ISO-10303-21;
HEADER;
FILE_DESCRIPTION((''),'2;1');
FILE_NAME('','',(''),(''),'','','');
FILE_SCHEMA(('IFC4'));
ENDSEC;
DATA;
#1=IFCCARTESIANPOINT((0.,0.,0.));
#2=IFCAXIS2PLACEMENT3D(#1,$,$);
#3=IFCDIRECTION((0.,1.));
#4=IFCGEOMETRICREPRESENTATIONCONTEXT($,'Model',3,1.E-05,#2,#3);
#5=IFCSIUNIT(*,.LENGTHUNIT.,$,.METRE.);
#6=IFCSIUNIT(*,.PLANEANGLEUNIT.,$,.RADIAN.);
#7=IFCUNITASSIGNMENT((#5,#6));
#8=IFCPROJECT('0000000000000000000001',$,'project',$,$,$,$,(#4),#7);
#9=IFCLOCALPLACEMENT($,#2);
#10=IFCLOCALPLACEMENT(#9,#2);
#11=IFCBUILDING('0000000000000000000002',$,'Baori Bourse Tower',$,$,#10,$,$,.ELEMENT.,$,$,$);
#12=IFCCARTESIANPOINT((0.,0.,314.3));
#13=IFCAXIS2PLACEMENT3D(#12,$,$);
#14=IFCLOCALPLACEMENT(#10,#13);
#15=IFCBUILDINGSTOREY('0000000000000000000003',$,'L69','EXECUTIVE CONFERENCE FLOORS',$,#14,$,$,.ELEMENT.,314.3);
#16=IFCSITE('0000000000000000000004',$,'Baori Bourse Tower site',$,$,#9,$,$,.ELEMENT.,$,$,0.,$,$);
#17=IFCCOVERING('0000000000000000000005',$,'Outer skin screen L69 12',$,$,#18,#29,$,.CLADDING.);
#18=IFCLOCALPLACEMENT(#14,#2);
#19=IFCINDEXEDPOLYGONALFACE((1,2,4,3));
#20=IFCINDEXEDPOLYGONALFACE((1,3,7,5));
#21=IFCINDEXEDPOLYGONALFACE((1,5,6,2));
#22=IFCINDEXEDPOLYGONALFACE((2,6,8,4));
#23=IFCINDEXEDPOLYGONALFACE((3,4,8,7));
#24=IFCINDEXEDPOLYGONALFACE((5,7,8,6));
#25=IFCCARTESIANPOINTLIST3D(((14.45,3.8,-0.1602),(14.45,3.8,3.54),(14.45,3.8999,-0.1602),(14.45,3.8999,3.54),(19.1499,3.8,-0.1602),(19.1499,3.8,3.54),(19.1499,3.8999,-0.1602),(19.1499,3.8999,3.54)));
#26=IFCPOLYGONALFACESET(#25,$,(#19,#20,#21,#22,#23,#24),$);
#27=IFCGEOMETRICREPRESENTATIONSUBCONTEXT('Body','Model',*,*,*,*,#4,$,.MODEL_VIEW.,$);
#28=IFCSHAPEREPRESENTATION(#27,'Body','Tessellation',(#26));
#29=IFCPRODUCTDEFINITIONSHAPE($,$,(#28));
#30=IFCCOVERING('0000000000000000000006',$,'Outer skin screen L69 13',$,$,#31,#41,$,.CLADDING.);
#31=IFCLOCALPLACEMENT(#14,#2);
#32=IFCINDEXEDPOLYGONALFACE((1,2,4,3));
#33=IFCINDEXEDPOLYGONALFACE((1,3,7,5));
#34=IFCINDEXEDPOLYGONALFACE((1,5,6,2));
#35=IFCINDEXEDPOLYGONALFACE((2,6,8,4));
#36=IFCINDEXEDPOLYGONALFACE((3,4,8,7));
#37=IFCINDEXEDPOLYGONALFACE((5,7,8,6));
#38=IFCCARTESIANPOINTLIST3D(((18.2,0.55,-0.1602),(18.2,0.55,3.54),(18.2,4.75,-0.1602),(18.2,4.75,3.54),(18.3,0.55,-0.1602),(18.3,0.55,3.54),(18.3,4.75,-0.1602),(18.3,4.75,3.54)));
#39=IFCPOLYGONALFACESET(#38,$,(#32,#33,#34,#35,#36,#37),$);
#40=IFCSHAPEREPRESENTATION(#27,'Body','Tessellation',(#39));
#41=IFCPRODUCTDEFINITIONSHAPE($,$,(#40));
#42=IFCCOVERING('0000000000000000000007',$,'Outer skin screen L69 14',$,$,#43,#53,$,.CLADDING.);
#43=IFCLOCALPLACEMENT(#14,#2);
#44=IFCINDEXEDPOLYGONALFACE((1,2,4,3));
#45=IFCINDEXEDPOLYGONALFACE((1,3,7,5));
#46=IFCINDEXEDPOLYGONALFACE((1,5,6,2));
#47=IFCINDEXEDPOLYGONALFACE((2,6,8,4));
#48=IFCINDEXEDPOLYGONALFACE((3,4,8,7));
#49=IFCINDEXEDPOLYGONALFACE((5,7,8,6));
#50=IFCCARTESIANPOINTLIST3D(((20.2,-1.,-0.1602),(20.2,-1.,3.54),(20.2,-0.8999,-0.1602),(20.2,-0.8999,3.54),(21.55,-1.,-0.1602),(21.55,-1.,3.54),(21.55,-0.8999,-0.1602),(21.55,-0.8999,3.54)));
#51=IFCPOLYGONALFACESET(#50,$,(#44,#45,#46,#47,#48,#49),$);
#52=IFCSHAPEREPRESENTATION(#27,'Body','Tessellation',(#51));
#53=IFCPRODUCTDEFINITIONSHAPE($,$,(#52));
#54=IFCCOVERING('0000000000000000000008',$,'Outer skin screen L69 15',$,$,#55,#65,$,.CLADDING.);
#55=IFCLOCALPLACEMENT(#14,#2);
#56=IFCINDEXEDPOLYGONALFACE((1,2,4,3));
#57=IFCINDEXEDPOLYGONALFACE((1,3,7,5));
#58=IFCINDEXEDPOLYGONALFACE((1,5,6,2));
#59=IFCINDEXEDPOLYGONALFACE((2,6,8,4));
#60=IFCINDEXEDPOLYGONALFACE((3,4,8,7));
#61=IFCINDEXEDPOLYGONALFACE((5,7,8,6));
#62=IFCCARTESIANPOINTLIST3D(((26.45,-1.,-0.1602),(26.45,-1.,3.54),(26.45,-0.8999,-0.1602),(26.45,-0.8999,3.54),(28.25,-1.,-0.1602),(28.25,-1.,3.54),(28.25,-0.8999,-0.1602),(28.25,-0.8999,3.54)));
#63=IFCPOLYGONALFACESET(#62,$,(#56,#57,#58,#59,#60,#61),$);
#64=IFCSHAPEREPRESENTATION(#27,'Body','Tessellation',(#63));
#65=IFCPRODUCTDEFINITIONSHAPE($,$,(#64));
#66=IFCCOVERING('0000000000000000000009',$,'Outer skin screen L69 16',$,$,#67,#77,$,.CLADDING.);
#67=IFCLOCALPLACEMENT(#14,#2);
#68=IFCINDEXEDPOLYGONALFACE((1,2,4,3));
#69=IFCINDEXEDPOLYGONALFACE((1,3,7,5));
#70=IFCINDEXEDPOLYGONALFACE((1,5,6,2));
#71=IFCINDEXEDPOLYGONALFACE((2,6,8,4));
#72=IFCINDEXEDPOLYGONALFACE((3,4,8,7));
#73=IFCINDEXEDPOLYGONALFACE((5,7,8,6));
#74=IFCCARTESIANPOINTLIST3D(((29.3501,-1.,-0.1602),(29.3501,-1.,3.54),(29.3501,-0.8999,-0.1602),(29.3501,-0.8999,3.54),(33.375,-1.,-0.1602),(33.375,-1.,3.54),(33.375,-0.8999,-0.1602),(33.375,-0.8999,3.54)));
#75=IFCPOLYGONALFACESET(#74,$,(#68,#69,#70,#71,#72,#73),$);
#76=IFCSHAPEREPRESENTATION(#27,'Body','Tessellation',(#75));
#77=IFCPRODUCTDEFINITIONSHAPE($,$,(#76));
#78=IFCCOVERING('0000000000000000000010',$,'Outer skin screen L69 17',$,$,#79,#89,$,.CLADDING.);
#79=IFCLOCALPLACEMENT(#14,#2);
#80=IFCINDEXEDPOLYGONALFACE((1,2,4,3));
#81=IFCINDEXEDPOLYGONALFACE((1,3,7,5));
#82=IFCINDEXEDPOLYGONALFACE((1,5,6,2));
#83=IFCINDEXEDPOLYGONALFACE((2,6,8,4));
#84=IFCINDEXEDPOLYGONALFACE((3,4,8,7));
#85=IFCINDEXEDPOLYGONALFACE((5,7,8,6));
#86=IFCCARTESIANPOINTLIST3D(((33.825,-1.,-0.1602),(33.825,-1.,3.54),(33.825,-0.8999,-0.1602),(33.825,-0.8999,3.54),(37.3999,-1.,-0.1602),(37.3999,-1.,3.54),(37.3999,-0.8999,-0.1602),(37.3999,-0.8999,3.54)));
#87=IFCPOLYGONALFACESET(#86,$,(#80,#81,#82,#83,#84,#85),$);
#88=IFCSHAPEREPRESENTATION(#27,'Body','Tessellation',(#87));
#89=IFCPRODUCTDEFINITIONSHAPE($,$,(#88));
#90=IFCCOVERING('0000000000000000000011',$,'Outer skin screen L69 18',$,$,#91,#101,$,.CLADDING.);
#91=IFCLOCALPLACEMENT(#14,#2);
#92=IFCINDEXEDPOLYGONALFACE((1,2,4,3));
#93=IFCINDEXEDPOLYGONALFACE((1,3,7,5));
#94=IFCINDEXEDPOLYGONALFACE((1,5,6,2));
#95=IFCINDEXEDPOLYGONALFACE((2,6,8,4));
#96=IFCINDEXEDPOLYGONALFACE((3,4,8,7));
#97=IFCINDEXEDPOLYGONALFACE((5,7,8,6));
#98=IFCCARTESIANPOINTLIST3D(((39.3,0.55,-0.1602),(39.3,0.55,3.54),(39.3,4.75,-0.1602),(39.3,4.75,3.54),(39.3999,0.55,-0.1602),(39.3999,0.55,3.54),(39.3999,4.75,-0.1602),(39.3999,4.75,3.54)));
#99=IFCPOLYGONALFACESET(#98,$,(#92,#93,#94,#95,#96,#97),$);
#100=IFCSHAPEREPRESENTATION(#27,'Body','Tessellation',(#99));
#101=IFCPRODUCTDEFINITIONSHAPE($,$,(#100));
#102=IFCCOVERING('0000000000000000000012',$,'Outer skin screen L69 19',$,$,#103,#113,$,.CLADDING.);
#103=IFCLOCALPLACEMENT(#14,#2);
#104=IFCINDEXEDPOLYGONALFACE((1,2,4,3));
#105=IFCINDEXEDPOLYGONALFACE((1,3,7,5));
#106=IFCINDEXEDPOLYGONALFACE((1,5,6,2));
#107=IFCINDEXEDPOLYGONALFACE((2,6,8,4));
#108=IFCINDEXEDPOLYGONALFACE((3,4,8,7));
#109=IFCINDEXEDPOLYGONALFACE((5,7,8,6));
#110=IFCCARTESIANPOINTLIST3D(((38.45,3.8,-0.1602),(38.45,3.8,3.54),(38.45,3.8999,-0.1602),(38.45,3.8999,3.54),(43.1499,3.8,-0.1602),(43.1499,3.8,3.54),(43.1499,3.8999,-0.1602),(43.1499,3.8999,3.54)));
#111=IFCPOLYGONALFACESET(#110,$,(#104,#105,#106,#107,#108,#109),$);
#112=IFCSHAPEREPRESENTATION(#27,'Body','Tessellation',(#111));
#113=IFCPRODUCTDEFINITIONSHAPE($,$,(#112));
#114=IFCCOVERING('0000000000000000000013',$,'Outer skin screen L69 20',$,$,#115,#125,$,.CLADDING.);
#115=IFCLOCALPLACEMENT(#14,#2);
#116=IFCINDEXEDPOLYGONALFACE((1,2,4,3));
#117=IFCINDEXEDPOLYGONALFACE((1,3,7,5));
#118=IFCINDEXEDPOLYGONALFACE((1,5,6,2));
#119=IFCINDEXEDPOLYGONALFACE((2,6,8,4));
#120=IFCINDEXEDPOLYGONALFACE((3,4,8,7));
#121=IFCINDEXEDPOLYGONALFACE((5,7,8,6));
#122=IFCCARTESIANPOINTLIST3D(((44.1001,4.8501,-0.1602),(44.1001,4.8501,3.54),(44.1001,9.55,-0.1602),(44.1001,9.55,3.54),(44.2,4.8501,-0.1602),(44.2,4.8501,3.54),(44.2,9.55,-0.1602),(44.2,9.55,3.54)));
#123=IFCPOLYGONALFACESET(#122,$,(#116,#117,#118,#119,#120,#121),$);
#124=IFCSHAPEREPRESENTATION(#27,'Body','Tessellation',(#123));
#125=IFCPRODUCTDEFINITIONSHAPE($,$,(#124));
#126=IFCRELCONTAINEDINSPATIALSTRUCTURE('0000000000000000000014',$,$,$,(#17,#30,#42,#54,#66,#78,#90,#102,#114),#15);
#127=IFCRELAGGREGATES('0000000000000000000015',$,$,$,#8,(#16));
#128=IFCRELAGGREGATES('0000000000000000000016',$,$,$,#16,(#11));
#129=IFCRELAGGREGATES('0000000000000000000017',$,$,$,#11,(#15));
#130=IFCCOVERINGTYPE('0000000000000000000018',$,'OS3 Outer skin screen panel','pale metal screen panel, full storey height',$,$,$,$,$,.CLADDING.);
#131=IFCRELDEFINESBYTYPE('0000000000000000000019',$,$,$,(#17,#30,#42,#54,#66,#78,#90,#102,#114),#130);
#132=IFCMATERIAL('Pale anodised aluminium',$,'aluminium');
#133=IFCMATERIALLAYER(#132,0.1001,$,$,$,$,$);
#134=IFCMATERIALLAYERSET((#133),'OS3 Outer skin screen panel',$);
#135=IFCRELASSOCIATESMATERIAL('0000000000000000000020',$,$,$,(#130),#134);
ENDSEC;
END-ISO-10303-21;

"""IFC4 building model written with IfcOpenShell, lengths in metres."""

from ifc_helpers import new_model, si_unit, direction, frame, origin, place, context, subcontext, project, spatial, polyline, outline, extrude, material, layer, layer_set, type_object, element, save


model = new_model("IFC4")

# Units and contexts
model_context = context("Model", 3, precision=1e-05, world=origin(), true_north=direction((0.0, 1.0)))
body_context = subcontext(model_context, "Body", "Model", "MODEL_VIEW")
ifc_project = project(units=[si_unit("LENGTHUNIT", "METRE"), si_unit("PLANEANGLEUNIT", "RADIAN")], contexts=[model_context])

# Site, building, storey
site_placement = place(None, origin())
site = spatial("IfcSite", under=ifc_project, at=site_placement, Name="Baori Bourse Tower site", CompositionType="ELEMENT", RefElevation=0.0)
building_placement = place(site_placement, origin())
building = spatial("IfcBuilding", under=site, at=building_placement, Name="Baori Bourse Tower", CompositionType="ELEMENT")
storey_placement = place(building_placement, frame((0.0, 0.0, 314.3)))
storey = spatial("IfcBuildingStorey", under=building, at=storey_placement, Name="L69", Description="EXECUTIVE CONFERENCE FLOORS", CompositionType="ELEMENT", Elevation=314.3)

# Coverings
ifc_material_1 = material(Name="Pale anodised aluminium", Category="aluminium")
ifc_layer_1 = layer(ifc_material_1, 0.1001)
ifc_layer_set_1 = layer_set([ifc_layer_1], Name="OS3 Outer skin screen panel")
covering_type_1 = type_object("IfcCoveringType", Name="OS3 Outer skin screen panel", Description="pale metal screen panel, full storey height", PredefinedType="CLADDING", material=ifc_layer_set_1)
covering_1_placement = place(storey_placement, frame((0.0, 0.0, -0.1602)))
element("IfcCovering", 1, at=covering_1_placement, inside=storey, type_object=covering_type_1, Name="Outer skin screen L69 12", PredefinedType="CLADDING", context=body_context, shape_type="SweptSolid", body=[
    extrude(outline(polyline([(19.1499, 3.8999), (14.45, 3.8999), (14.45, 3.8), (19.1499, 3.8), (19.1499, 3.8999)])), origin(), (0.0, 0.0, 1.0), 3.7002),
])
covering_2_placement = place(storey_placement, frame((0.0, 0.0, -0.1602)))
element("IfcCovering", 2, at=covering_2_placement, inside=storey, type_object=covering_type_1, Name="Outer skin screen L69 13", PredefinedType="CLADDING", context=body_context, shape_type="SweptSolid", body=[
    extrude(outline(polyline([(18.3, 0.55), (18.3, 4.75), (18.2, 4.75), (18.2, 0.55), (18.3, 0.55)])), origin(), (0.0, 0.0, 1.0), 3.7002),
])
covering_3_placement = place(storey_placement, frame((0.0, 0.0, -0.1602)))
element("IfcCovering", 3, at=covering_3_placement, inside=storey, type_object=covering_type_1, Name="Outer skin screen L69 14", PredefinedType="CLADDING", context=body_context, shape_type="SweptSolid", body=[
    extrude(outline(polyline([(21.55, -0.8999), (20.2, -0.8999), (20.2, -1.0), (21.55, -1.0), (21.55, -0.8999)])), origin(), (0.0, 0.0, 1.0), 3.7002),
])
covering_4_placement = place(storey_placement, frame((0.0, 0.0, -0.1602)))
element("IfcCovering", 4, at=covering_4_placement, inside=storey, type_object=covering_type_1, Name="Outer skin screen L69 15", PredefinedType="CLADDING", context=body_context, shape_type="SweptSolid", body=[
    extrude(outline(polyline([(28.25, -0.8999), (26.45, -0.8999), (26.45, -1.0), (28.25, -1.0), (28.25, -0.8999)])), origin(), (0.0, 0.0, 1.0), 3.7002),
])
covering_5_placement = place(storey_placement, frame((0.0, 0.0, -0.1602)))
element("IfcCovering", 5, at=covering_5_placement, inside=storey, type_object=covering_type_1, Name="Outer skin screen L69 16", PredefinedType="CLADDING", context=body_context, shape_type="SweptSolid", body=[
    extrude(outline(polyline([(33.375, -0.8999), (29.3501, -0.8999), (29.3501, -1.0), (33.375, -1.0), (33.375, -0.8999)])), origin(), (0.0, 0.0, 1.0), 3.7002),
])
covering_6_placement = place(storey_placement, frame((0.0, 0.0, -0.1602)))
element("IfcCovering", 6, at=covering_6_placement, inside=storey, type_object=covering_type_1, Name="Outer skin screen L69 17", PredefinedType="CLADDING", context=body_context, shape_type="SweptSolid", body=[
    extrude(outline(polyline([(37.3999, -0.8999), (33.825, -0.8999), (33.825, -1.0), (37.3999, -1.0), (37.3999, -0.8999)])), origin(), (0.0, 0.0, 1.0), 3.7002),
])
covering_7_placement = place(storey_placement, frame((0.0, 0.0, -0.1602)))
element("IfcCovering", 7, at=covering_7_placement, inside=storey, type_object=covering_type_1, Name="Outer skin screen L69 18", PredefinedType="CLADDING", context=body_context, shape_type="SweptSolid", body=[
    extrude(outline(polyline([(39.3, 4.75), (39.3, 0.55), (39.3999, 0.55), (39.3999, 4.75), (39.3, 4.75)])), origin(), (0.0, 0.0, 1.0), 3.7002),
])
covering_8_placement = place(storey_placement, frame((0.0, 0.0, -0.1602)))
element("IfcCovering", 8, at=covering_8_placement, inside=storey, type_object=covering_type_1, Name="Outer skin screen L69 19", PredefinedType="CLADDING", context=body_context, shape_type="SweptSolid", body=[
    extrude(outline(polyline([(43.1499, 3.8999), (38.45, 3.8999), (38.45, 3.8), (43.1499, 3.8), (43.1499, 3.8999)])), origin(), (0.0, 0.0, 1.0), 3.7002),
])
covering_9_placement = place(storey_placement, frame((0.0, 0.0, -0.1602)))
element("IfcCovering", 9, at=covering_9_placement, inside=storey, type_object=covering_type_1, Name="Outer skin screen L69 20", PredefinedType="CLADDING", context=body_context, shape_type="SweptSolid", body=[
    extrude(outline(polyline([(44.1001, 9.55), (44.1001, 4.8501), (44.2, 4.8501), (44.2, 9.55), (44.1001, 9.55)])), origin(), (0.0, 0.0, 1.0), 3.7002),
])

save(model, "model.ifc")
